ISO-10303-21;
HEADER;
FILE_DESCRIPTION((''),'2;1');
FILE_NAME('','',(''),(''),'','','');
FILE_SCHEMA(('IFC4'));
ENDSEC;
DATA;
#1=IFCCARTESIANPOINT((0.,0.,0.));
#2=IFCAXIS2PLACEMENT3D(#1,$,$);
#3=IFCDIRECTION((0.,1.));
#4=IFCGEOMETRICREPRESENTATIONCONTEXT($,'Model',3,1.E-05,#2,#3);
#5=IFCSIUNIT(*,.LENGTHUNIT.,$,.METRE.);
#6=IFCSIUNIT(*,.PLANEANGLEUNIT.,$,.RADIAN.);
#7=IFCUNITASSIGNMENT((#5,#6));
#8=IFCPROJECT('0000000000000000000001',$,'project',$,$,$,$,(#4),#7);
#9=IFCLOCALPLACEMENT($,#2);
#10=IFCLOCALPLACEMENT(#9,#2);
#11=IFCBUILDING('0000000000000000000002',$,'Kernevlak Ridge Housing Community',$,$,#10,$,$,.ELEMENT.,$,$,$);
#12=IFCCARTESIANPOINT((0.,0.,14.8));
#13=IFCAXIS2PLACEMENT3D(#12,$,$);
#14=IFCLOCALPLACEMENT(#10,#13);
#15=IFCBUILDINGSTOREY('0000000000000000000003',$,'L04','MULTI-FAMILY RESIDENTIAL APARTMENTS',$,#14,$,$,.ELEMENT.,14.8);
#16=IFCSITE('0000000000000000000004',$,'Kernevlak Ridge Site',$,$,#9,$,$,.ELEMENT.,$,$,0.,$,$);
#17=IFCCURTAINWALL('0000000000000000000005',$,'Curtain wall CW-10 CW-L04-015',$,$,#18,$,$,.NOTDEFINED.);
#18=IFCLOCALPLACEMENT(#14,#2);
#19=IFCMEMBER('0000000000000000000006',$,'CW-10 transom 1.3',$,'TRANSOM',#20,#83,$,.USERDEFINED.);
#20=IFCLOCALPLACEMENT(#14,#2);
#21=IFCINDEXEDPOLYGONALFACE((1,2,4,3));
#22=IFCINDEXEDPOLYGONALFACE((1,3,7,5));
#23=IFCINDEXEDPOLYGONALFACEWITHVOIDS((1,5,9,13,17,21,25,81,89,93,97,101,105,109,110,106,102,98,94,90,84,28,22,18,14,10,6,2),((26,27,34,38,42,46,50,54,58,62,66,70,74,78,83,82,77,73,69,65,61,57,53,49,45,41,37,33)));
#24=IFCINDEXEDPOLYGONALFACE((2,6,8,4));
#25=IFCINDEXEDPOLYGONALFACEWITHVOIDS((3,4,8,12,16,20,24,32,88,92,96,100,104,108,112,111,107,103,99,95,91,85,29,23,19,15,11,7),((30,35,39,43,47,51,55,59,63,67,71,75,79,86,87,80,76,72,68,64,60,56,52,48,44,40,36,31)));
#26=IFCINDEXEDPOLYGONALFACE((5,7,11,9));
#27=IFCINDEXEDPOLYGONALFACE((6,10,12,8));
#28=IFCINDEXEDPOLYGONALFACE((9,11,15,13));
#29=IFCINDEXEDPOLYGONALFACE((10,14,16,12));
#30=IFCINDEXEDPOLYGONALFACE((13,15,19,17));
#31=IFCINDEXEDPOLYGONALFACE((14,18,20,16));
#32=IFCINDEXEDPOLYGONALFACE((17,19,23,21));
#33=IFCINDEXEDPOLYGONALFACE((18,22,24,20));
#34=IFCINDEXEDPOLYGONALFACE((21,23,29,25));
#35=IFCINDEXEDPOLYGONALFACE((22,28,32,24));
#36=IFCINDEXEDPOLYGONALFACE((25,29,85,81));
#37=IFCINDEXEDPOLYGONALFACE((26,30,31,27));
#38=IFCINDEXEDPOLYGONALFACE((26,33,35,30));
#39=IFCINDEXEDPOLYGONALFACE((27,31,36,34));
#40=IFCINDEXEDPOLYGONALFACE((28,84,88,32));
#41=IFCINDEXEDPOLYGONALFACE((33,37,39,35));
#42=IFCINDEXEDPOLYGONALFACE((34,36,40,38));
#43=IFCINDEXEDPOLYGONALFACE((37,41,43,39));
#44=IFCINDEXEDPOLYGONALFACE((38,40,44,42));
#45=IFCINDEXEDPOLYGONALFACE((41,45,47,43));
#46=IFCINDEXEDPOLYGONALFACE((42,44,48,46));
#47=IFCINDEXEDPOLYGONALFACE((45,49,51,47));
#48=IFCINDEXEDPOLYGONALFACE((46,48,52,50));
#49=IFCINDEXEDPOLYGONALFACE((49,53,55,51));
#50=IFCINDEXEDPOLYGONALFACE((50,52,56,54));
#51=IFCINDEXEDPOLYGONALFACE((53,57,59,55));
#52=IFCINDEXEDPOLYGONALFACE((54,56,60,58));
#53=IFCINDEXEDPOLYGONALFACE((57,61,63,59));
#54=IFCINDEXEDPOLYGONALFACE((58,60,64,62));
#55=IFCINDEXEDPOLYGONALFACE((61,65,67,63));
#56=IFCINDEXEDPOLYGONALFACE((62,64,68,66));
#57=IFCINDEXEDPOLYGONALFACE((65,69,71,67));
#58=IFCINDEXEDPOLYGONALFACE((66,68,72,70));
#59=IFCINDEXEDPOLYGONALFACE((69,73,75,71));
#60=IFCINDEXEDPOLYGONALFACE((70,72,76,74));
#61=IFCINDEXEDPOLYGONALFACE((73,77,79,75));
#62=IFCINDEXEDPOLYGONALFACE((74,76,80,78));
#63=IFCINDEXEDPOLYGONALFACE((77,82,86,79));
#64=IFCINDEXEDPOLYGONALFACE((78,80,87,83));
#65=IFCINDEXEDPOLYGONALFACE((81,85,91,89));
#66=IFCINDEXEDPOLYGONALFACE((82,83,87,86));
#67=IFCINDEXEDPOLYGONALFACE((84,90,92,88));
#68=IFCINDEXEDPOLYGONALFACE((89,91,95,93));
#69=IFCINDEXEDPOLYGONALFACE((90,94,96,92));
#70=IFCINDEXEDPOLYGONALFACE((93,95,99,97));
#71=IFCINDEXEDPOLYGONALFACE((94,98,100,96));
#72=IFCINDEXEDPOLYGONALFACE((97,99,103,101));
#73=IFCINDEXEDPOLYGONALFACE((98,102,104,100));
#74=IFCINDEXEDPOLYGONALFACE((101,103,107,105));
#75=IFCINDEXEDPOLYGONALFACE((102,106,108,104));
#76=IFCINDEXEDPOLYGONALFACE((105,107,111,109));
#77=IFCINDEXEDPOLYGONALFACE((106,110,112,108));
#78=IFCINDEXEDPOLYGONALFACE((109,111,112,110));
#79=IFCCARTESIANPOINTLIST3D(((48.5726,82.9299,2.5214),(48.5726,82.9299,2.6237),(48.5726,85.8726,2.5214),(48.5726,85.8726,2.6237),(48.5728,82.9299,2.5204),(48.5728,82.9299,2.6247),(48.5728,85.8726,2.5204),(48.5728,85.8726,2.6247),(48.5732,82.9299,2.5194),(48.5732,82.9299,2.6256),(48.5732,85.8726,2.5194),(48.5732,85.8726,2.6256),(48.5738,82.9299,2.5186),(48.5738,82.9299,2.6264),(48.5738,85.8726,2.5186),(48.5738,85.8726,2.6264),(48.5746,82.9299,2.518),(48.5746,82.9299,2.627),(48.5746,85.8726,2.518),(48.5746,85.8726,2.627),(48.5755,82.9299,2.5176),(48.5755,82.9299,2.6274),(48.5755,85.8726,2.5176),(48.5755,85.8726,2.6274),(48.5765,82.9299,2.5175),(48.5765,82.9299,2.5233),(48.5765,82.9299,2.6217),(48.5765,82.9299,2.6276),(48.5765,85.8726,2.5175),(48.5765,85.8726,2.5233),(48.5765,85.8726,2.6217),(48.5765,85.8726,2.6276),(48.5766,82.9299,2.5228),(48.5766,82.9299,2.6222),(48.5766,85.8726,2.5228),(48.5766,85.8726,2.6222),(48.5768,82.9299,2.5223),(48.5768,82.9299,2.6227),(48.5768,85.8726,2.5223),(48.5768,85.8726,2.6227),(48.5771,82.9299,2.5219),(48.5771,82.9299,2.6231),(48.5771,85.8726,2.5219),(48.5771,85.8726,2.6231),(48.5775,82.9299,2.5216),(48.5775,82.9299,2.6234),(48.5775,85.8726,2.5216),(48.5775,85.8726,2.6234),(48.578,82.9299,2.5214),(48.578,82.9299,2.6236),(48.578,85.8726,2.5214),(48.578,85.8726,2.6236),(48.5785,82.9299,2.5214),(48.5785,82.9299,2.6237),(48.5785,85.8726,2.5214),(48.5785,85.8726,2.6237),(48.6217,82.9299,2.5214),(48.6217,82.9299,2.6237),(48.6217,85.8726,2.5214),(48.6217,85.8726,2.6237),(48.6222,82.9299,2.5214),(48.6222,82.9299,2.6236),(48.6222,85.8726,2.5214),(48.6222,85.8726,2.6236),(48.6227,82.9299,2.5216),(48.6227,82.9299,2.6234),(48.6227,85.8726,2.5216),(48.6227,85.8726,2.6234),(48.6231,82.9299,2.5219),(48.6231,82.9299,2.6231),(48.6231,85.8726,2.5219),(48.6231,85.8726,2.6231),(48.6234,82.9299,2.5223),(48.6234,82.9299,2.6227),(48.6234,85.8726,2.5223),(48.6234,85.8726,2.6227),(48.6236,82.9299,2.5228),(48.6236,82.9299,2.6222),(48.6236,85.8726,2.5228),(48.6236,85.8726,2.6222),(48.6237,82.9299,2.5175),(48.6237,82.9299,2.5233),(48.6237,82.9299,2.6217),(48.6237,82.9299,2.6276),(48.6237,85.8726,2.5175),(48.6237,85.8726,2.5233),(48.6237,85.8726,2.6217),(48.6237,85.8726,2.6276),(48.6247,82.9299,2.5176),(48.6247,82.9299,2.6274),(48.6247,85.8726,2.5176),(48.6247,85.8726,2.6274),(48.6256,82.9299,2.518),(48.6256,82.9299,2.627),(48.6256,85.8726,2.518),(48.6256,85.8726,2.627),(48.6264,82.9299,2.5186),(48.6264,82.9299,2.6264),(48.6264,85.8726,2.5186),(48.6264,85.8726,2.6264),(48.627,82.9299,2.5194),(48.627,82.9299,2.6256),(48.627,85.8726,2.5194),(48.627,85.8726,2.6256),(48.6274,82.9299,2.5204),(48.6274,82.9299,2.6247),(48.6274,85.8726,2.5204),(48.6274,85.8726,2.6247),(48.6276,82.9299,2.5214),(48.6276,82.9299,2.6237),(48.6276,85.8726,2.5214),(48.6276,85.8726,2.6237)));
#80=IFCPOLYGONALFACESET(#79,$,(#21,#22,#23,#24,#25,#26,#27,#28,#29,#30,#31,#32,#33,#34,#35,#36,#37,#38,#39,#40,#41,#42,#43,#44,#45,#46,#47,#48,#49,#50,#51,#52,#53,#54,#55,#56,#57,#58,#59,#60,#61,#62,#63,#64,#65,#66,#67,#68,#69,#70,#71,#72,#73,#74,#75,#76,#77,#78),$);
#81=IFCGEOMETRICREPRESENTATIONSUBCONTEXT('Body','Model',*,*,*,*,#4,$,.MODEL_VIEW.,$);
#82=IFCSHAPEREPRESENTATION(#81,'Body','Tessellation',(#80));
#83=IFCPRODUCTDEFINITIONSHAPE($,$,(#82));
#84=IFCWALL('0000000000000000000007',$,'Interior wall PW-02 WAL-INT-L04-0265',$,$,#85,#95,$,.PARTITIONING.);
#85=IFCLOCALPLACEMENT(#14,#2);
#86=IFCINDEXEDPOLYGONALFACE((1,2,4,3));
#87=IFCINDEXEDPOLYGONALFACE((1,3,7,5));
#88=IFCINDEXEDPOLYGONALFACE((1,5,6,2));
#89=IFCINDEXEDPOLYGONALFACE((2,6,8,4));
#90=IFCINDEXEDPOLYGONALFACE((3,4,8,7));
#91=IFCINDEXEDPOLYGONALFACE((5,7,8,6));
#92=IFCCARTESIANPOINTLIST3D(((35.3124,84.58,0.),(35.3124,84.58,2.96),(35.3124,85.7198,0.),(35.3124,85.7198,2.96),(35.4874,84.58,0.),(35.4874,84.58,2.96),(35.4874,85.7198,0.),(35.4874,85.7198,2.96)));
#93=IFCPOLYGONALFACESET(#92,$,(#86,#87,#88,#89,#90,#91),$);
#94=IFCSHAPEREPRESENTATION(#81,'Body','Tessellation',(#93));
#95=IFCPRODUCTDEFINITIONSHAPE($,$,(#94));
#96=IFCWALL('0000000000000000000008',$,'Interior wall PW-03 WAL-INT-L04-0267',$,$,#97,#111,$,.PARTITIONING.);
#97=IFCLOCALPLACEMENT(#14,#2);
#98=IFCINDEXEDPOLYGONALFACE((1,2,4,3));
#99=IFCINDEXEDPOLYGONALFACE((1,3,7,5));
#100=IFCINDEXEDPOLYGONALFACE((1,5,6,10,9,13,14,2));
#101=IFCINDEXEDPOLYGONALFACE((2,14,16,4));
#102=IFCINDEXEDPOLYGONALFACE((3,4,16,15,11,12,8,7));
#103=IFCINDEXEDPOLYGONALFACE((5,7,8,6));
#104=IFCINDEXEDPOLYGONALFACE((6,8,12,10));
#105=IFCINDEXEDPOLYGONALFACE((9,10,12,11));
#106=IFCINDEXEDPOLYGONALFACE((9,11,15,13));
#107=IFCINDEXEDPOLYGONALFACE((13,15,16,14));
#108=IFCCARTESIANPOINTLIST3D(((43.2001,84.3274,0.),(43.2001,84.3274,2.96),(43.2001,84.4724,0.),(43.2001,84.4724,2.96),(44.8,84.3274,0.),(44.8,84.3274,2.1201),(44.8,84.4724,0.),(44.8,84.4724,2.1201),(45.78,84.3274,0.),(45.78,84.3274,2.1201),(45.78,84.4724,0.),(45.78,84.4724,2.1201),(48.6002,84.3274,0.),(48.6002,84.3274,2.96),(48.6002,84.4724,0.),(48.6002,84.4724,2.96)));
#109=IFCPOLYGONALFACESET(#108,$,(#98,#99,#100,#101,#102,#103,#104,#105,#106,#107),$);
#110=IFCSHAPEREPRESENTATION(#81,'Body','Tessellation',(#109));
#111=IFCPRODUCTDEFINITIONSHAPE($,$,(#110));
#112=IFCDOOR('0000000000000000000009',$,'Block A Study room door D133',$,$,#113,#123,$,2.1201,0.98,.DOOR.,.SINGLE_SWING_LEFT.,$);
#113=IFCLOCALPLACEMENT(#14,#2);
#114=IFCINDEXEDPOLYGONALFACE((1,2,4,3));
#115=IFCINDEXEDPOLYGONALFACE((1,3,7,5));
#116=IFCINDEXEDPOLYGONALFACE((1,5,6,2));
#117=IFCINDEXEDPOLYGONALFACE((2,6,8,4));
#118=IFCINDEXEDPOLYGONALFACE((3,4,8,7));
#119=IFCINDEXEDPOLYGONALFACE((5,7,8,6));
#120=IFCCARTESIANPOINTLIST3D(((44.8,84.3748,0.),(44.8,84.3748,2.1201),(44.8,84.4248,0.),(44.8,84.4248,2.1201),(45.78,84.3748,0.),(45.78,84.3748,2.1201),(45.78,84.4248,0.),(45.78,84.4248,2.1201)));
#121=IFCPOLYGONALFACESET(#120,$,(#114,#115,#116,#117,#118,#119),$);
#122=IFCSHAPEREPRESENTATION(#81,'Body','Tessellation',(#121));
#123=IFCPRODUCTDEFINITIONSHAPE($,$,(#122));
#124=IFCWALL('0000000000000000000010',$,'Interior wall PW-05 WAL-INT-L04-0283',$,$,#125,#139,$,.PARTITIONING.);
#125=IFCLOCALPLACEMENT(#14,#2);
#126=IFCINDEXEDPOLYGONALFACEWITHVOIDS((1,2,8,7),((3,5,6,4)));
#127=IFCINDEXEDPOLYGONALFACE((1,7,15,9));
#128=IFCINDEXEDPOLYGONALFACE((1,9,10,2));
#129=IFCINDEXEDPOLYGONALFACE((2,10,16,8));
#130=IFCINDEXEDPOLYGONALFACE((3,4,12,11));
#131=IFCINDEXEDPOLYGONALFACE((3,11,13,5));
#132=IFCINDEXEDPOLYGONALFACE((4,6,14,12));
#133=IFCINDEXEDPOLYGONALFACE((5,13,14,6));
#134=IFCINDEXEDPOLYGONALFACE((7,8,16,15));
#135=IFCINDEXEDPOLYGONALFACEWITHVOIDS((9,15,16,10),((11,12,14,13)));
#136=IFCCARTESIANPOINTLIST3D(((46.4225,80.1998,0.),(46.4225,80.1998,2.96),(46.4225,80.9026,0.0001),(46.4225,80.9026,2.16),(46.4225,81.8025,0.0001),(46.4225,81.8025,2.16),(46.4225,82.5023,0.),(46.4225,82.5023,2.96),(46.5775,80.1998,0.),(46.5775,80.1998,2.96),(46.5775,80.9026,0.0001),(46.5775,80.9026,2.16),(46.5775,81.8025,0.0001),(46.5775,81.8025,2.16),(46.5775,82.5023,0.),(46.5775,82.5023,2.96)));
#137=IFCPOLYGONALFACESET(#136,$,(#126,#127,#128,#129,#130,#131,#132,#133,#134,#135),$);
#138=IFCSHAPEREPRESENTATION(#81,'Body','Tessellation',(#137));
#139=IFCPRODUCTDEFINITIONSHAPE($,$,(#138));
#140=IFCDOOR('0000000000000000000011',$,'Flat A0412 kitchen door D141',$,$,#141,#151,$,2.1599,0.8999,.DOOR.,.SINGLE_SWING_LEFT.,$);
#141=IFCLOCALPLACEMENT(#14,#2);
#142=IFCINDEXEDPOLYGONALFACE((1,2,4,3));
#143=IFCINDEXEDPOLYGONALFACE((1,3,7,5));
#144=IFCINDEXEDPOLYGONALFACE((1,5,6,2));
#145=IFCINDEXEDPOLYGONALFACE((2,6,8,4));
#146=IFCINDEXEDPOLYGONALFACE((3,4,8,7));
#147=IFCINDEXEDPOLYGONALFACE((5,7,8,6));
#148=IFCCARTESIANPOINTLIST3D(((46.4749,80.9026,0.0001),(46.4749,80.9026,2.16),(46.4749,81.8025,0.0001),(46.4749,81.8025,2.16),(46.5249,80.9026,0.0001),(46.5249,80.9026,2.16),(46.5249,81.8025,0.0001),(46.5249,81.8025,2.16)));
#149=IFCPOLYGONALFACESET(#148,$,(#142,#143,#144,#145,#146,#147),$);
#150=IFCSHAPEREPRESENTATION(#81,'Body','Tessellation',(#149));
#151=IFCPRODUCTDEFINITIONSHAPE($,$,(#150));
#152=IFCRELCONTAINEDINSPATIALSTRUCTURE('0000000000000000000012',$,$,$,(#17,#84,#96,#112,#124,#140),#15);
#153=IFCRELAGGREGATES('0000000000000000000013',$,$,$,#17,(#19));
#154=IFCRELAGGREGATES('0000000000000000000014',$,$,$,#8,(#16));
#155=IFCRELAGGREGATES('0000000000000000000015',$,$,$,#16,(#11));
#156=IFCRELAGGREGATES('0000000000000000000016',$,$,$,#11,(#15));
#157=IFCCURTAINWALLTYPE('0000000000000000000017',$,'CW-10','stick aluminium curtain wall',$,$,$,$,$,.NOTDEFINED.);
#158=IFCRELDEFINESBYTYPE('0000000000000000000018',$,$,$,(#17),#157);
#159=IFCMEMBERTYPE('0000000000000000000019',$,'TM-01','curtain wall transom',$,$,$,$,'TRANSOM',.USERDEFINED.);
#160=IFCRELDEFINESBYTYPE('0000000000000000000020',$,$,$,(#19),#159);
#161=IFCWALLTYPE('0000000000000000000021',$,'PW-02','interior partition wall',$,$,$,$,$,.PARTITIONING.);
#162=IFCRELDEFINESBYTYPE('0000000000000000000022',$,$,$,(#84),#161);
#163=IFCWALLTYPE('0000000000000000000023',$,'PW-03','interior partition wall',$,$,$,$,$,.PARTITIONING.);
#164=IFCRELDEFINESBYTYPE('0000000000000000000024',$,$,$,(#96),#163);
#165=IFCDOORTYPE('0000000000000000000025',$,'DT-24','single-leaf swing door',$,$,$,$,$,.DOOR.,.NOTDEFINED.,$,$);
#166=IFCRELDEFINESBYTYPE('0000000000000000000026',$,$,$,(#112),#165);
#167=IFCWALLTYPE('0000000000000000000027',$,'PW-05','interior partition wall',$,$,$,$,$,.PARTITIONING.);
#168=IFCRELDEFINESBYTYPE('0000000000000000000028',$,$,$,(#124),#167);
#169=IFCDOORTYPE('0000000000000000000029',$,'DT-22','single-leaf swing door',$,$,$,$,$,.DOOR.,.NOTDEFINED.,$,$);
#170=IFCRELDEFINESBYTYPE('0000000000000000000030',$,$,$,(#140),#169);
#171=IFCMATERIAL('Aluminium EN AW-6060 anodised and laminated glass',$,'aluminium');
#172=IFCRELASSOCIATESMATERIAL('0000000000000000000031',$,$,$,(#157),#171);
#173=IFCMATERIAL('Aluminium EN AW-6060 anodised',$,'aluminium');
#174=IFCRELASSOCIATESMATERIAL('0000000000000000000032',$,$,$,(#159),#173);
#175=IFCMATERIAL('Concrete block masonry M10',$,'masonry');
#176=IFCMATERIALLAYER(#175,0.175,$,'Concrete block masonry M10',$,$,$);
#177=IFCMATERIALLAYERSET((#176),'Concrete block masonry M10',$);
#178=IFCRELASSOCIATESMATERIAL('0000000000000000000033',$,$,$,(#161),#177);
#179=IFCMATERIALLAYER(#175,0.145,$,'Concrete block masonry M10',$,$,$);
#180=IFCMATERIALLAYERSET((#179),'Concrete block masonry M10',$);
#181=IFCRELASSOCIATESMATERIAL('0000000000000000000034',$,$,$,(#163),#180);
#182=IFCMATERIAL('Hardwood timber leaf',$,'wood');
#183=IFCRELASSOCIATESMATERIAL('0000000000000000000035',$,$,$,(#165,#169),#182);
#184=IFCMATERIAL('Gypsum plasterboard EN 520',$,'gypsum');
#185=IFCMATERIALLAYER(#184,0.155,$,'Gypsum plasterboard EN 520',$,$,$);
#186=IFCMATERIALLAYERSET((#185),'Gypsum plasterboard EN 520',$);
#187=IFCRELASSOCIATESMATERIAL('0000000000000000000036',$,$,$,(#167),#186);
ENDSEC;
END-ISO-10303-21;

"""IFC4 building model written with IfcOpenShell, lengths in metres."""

from ifc_helpers import new_model, si_unit, direction, frame, frame_2d, origin, origin_2d, place, context, subcontext, project, spatial, rectangle, hollow_rectangle, extrude, material, layer, layer_set, material_profile, profile_set, type_object, element, fill, aggregate, save


model = new_model("IFC4")

# Units and contexts
model_context = context("Model", 3, precision=1e-05, world=origin(), true_north=direction((0.0, 1.0)))
body_context = subcontext(model_context, "Body", "Model", "MODEL_VIEW")
ifc_project = project(units=[si_unit("LENGTHUNIT", "METRE"), si_unit("PLANEANGLEUNIT", "RADIAN")], contexts=[model_context])

# Site, building, storey
site_placement = place(None, origin())
site = spatial("IfcSite", under=ifc_project, at=site_placement, Name="Kernevlak Ridge Site", CompositionType="ELEMENT", RefElevation=0.0)
building_placement = place(site_placement, origin())
building = spatial("IfcBuilding", under=site, at=building_placement, Name="Kernevlak Ridge Housing Community", CompositionType="ELEMENT")
storey_placement = place(building_placement, frame((0.0, 0.0, 14.8)))
storey = spatial("IfcBuildingStorey", under=building, at=storey_placement, Name="L04", Description="MULTI-FAMILY RESIDENTIAL APARTMENTS", CompositionType="ELEMENT", Elevation=14.8)

# Curtain wall
ifc_material_1 = material(Name="Aluminium EN AW-6060 anodised and laminated glass", Category="aluminium")
curtain_wall_type = type_object("IfcCurtainWallType", Name="CW-10", Description="stick aluminium curtain wall", PredefinedType="NOTDEFINED", material=ifc_material_1)
curtain_wall_placement = place(storey_placement, origin())
curtain_wall = element("IfcCurtainWall", 1, at=curtain_wall_placement, inside=storey, type_object=curtain_wall_type, Name="Curtain wall CW-10 CW-L04-015", PredefinedType="NOTDEFINED")
ifc_material_2 = material(Name="Aluminium EN AW-6060 anodised", Category="aluminium")

# Member
ifc_material_profile_1 = material_profile(ifc_material_2, hollow_rectangle(XDim=0.0549, YDim=0.1101, WallThickness=0.0039, InnerFilletRadius=0.002, OuterFilletRadius=0.0039, at=origin_2d()), Name="ALU 55x110x4")
ifc_profile_set_1 = profile_set([ifc_material_profile_1], Name="Aluminium EN AW-6060 anodised")
member_type_1 = type_object("IfcMemberType", Name="TM-01", Description="curtain wall transom", ElementType="TRANSOM", PredefinedType="USERDEFINED", material=ifc_profile_set_1)
member_1_placement = place(storey_placement, frame((48.6001, 82.9299, 2.5725), z_axis=(0.0, 1.0, 0.0), x_axis=(-1.0, 0.0, 0.0)))
member_1 = element("IfcMember", 2, at=member_1_placement, type_object=member_type_1, Name="CW-10 transom 1.3", ObjectType="TRANSOM", PredefinedType="USERDEFINED", context=body_context, shape_type="SweptSolid", body=[
    extrude(hollow_rectangle(XDim=0.0549, YDim=0.1101, WallThickness=0.0039, InnerFilletRadius=0.002, OuterFilletRadius=0.0039, at=origin_2d()), origin(), (0.0, 0.0, 1.0), 2.9426),
])
aggregate(curtain_wall, [member_1])

# Wall
ifc_material_3 = material(Name="Concrete block masonry M10", Category="masonry")
ifc_layer_1 = layer(ifc_material_3, 0.175, Name="Concrete block masonry M10")
ifc_layer_set_1 = layer_set([ifc_layer_1], Name="Concrete block masonry M10")
wall_type_1 = type_object("IfcWallType", Name="PW-02", Description="interior partition wall", PredefinedType="PARTITIONING", material=ifc_layer_set_1)
wall_1_placement = place(storey_placement, frame((35.3999, 84.5801, 0.0), z_axis=(0.0, 0.0, 1.0), x_axis=(0.0, 1.0, 0.0)))
element("IfcWall", 3, at=wall_1_placement, inside=storey, type_object=wall_type_1, Name="Interior wall PW-02 WAL-INT-L04-0265", PredefinedType="PARTITIONING", context=body_context, shape_type="SweptSolid", body=[
    extrude(rectangle(XDim=1.1399, YDim=0.175, at=frame_2d((0.5698, 0.0))), origin(), (0.0, 0.0, 1.0), 2.96),
])

# Walls, openings, doors
ifc_layer_2 = layer(ifc_material_3, 0.145, Name="Concrete block masonry M10")
ifc_layer_set_2 = layer_set([ifc_layer_2], Name="Concrete block masonry M10")
wall_type_2 = type_object("IfcWallType", Name="PW-03", Description="interior partition wall", PredefinedType="PARTITIONING", material=ifc_layer_set_2)
wall_2_placement = place(storey_placement, frame((43.2, 84.3999, 0.0), z_axis=(0.0, 0.0, 1.0), x_axis=(1.0, 0.0, 0.0)))
wall_2 = element("IfcWall", 4, at=wall_2_placement, inside=storey, type_object=wall_type_2, Name="Interior wall PW-03 WAL-INT-L04-0267", PredefinedType="PARTITIONING", context=body_context, shape_type="SweptSolid", body=[
    extrude(rectangle(XDim=5.4001, YDim=0.145, at=frame_2d((2.7002, 0.0))), origin(), (0.0, 0.0, 1.0), 2.96),
])
opening_1_placement = place(wall_2_placement, frame((1.6001, 0.0, 0.0)))
opening_1 = element("IfcOpeningElement", 5, at=opening_1_placement, cuts=wall_2, PredefinedType="OPENING", context=body_context, shape_type="SweptSolid", body=[
    extrude(rectangle(XDim=0.98, YDim=2.1201, at=frame_2d((0.49, 1.0601))), frame((0.0, 0.0825, 0.0), z_axis=(0.0, -1.0, 0.0), x_axis=(1.0, 0.0, 0.0)), (0.0, 0.0, 1.0), 0.165),
])
ifc_material_4 = material(Name="Hardwood timber leaf", Category="wood")
door_type_1 = type_object("IfcDoorType", Name="DT-24", Description="single-leaf swing door", OperationType="NOTDEFINED", PredefinedType="DOOR", material=ifc_material_4)
door_1_placement = place(opening_1_placement, origin())
door_1 = element("IfcDoor", 6, at=door_1_placement, inside=storey, type_object=door_type_1, Name="Block A Study room door D133", OperationType="SINGLE_SWING_LEFT", OverallHeight=2.1201, OverallWidth=0.98, PredefinedType="DOOR", context=body_context, shape_type="SweptSolid", body=[
    extrude(rectangle(XDim=0.98, YDim=2.1201, at=frame_2d((0.49, 1.0601))), frame((0.0, 0.0249, 0.0), z_axis=(0.0, -1.0, 0.0), x_axis=(1.0, 0.0, 0.0)), (0.0, 0.0, 1.0), 0.05),
])
fill(opening_1, door_1)
ifc_material_5 = material(Name="Gypsum plasterboard EN 520", Category="gypsum")
ifc_layer_3 = layer(ifc_material_5, 0.155, Name="Gypsum plasterboard EN 520")
ifc_layer_set_3 = layer_set([ifc_layer_3], Name="Gypsum plasterboard EN 520")
wall_type_3 = type_object("IfcWallType", Name="PW-05", Description="interior partition wall", PredefinedType="PARTITIONING", material=ifc_layer_set_3)
wall_3_placement = place(storey_placement, frame((46.5, 82.5024, 0.0), z_axis=(0.0, 0.0, 1.0), x_axis=(0.0, -1.0, 0.0)))
wall_3 = element("IfcWall", 7, at=wall_3_placement, inside=storey, type_object=wall_type_3, Name="Interior wall PW-05 WAL-INT-L04-0283", PredefinedType="PARTITIONING", context=body_context, shape_type="SweptSolid", body=[
    extrude(rectangle(XDim=2.3025, YDim=0.155, at=frame_2d((1.1514, 0.0))), origin(), (0.0, 0.0, 1.0), 2.96),
])
opening_2_placement = place(wall_3_placement, frame((0.7, 0.0, 0.0)))
opening_2 = element("IfcOpeningElement", 8, at=opening_2_placement, cuts=wall_3, PredefinedType="OPENING", context=body_context, shape_type="SweptSolid", body=[
    extrude(rectangle(XDim=0.8999, YDim=2.1599, at=frame_2d((0.45, 1.0801))), frame((0.0, 0.0874, 0.0), z_axis=(0.0, -1.0, 0.0), x_axis=(1.0, 0.0, 0.0)), (0.0, 0.0, 1.0), 0.175),
])
door_type_2 = type_object("IfcDoorType", Name="DT-22", Description="single-leaf swing door", OperationType="NOTDEFINED", PredefinedType="DOOR", material=ifc_material_4)
door_2_placement = place(opening_2_placement, origin())
door_2 = element("IfcDoor", 9, at=door_2_placement, inside=storey, type_object=door_type_2, Name="Flat A0412 kitchen door D141", OperationType="SINGLE_SWING_LEFT", OverallHeight=2.1599, OverallWidth=0.8999, PredefinedType="DOOR", context=body_context, shape_type="SweptSolid", body=[
    extrude(rectangle(XDim=0.8999, YDim=2.1599, at=frame_2d((0.45, 1.0801))), frame((0.0, 0.0249, 0.0), z_axis=(0.0, -1.0, 0.0), x_axis=(1.0, 0.0, 0.0)), (0.0, 0.0, 1.0), 0.05),
])
fill(opening_2, door_2)

save(model, "model.ifc")
